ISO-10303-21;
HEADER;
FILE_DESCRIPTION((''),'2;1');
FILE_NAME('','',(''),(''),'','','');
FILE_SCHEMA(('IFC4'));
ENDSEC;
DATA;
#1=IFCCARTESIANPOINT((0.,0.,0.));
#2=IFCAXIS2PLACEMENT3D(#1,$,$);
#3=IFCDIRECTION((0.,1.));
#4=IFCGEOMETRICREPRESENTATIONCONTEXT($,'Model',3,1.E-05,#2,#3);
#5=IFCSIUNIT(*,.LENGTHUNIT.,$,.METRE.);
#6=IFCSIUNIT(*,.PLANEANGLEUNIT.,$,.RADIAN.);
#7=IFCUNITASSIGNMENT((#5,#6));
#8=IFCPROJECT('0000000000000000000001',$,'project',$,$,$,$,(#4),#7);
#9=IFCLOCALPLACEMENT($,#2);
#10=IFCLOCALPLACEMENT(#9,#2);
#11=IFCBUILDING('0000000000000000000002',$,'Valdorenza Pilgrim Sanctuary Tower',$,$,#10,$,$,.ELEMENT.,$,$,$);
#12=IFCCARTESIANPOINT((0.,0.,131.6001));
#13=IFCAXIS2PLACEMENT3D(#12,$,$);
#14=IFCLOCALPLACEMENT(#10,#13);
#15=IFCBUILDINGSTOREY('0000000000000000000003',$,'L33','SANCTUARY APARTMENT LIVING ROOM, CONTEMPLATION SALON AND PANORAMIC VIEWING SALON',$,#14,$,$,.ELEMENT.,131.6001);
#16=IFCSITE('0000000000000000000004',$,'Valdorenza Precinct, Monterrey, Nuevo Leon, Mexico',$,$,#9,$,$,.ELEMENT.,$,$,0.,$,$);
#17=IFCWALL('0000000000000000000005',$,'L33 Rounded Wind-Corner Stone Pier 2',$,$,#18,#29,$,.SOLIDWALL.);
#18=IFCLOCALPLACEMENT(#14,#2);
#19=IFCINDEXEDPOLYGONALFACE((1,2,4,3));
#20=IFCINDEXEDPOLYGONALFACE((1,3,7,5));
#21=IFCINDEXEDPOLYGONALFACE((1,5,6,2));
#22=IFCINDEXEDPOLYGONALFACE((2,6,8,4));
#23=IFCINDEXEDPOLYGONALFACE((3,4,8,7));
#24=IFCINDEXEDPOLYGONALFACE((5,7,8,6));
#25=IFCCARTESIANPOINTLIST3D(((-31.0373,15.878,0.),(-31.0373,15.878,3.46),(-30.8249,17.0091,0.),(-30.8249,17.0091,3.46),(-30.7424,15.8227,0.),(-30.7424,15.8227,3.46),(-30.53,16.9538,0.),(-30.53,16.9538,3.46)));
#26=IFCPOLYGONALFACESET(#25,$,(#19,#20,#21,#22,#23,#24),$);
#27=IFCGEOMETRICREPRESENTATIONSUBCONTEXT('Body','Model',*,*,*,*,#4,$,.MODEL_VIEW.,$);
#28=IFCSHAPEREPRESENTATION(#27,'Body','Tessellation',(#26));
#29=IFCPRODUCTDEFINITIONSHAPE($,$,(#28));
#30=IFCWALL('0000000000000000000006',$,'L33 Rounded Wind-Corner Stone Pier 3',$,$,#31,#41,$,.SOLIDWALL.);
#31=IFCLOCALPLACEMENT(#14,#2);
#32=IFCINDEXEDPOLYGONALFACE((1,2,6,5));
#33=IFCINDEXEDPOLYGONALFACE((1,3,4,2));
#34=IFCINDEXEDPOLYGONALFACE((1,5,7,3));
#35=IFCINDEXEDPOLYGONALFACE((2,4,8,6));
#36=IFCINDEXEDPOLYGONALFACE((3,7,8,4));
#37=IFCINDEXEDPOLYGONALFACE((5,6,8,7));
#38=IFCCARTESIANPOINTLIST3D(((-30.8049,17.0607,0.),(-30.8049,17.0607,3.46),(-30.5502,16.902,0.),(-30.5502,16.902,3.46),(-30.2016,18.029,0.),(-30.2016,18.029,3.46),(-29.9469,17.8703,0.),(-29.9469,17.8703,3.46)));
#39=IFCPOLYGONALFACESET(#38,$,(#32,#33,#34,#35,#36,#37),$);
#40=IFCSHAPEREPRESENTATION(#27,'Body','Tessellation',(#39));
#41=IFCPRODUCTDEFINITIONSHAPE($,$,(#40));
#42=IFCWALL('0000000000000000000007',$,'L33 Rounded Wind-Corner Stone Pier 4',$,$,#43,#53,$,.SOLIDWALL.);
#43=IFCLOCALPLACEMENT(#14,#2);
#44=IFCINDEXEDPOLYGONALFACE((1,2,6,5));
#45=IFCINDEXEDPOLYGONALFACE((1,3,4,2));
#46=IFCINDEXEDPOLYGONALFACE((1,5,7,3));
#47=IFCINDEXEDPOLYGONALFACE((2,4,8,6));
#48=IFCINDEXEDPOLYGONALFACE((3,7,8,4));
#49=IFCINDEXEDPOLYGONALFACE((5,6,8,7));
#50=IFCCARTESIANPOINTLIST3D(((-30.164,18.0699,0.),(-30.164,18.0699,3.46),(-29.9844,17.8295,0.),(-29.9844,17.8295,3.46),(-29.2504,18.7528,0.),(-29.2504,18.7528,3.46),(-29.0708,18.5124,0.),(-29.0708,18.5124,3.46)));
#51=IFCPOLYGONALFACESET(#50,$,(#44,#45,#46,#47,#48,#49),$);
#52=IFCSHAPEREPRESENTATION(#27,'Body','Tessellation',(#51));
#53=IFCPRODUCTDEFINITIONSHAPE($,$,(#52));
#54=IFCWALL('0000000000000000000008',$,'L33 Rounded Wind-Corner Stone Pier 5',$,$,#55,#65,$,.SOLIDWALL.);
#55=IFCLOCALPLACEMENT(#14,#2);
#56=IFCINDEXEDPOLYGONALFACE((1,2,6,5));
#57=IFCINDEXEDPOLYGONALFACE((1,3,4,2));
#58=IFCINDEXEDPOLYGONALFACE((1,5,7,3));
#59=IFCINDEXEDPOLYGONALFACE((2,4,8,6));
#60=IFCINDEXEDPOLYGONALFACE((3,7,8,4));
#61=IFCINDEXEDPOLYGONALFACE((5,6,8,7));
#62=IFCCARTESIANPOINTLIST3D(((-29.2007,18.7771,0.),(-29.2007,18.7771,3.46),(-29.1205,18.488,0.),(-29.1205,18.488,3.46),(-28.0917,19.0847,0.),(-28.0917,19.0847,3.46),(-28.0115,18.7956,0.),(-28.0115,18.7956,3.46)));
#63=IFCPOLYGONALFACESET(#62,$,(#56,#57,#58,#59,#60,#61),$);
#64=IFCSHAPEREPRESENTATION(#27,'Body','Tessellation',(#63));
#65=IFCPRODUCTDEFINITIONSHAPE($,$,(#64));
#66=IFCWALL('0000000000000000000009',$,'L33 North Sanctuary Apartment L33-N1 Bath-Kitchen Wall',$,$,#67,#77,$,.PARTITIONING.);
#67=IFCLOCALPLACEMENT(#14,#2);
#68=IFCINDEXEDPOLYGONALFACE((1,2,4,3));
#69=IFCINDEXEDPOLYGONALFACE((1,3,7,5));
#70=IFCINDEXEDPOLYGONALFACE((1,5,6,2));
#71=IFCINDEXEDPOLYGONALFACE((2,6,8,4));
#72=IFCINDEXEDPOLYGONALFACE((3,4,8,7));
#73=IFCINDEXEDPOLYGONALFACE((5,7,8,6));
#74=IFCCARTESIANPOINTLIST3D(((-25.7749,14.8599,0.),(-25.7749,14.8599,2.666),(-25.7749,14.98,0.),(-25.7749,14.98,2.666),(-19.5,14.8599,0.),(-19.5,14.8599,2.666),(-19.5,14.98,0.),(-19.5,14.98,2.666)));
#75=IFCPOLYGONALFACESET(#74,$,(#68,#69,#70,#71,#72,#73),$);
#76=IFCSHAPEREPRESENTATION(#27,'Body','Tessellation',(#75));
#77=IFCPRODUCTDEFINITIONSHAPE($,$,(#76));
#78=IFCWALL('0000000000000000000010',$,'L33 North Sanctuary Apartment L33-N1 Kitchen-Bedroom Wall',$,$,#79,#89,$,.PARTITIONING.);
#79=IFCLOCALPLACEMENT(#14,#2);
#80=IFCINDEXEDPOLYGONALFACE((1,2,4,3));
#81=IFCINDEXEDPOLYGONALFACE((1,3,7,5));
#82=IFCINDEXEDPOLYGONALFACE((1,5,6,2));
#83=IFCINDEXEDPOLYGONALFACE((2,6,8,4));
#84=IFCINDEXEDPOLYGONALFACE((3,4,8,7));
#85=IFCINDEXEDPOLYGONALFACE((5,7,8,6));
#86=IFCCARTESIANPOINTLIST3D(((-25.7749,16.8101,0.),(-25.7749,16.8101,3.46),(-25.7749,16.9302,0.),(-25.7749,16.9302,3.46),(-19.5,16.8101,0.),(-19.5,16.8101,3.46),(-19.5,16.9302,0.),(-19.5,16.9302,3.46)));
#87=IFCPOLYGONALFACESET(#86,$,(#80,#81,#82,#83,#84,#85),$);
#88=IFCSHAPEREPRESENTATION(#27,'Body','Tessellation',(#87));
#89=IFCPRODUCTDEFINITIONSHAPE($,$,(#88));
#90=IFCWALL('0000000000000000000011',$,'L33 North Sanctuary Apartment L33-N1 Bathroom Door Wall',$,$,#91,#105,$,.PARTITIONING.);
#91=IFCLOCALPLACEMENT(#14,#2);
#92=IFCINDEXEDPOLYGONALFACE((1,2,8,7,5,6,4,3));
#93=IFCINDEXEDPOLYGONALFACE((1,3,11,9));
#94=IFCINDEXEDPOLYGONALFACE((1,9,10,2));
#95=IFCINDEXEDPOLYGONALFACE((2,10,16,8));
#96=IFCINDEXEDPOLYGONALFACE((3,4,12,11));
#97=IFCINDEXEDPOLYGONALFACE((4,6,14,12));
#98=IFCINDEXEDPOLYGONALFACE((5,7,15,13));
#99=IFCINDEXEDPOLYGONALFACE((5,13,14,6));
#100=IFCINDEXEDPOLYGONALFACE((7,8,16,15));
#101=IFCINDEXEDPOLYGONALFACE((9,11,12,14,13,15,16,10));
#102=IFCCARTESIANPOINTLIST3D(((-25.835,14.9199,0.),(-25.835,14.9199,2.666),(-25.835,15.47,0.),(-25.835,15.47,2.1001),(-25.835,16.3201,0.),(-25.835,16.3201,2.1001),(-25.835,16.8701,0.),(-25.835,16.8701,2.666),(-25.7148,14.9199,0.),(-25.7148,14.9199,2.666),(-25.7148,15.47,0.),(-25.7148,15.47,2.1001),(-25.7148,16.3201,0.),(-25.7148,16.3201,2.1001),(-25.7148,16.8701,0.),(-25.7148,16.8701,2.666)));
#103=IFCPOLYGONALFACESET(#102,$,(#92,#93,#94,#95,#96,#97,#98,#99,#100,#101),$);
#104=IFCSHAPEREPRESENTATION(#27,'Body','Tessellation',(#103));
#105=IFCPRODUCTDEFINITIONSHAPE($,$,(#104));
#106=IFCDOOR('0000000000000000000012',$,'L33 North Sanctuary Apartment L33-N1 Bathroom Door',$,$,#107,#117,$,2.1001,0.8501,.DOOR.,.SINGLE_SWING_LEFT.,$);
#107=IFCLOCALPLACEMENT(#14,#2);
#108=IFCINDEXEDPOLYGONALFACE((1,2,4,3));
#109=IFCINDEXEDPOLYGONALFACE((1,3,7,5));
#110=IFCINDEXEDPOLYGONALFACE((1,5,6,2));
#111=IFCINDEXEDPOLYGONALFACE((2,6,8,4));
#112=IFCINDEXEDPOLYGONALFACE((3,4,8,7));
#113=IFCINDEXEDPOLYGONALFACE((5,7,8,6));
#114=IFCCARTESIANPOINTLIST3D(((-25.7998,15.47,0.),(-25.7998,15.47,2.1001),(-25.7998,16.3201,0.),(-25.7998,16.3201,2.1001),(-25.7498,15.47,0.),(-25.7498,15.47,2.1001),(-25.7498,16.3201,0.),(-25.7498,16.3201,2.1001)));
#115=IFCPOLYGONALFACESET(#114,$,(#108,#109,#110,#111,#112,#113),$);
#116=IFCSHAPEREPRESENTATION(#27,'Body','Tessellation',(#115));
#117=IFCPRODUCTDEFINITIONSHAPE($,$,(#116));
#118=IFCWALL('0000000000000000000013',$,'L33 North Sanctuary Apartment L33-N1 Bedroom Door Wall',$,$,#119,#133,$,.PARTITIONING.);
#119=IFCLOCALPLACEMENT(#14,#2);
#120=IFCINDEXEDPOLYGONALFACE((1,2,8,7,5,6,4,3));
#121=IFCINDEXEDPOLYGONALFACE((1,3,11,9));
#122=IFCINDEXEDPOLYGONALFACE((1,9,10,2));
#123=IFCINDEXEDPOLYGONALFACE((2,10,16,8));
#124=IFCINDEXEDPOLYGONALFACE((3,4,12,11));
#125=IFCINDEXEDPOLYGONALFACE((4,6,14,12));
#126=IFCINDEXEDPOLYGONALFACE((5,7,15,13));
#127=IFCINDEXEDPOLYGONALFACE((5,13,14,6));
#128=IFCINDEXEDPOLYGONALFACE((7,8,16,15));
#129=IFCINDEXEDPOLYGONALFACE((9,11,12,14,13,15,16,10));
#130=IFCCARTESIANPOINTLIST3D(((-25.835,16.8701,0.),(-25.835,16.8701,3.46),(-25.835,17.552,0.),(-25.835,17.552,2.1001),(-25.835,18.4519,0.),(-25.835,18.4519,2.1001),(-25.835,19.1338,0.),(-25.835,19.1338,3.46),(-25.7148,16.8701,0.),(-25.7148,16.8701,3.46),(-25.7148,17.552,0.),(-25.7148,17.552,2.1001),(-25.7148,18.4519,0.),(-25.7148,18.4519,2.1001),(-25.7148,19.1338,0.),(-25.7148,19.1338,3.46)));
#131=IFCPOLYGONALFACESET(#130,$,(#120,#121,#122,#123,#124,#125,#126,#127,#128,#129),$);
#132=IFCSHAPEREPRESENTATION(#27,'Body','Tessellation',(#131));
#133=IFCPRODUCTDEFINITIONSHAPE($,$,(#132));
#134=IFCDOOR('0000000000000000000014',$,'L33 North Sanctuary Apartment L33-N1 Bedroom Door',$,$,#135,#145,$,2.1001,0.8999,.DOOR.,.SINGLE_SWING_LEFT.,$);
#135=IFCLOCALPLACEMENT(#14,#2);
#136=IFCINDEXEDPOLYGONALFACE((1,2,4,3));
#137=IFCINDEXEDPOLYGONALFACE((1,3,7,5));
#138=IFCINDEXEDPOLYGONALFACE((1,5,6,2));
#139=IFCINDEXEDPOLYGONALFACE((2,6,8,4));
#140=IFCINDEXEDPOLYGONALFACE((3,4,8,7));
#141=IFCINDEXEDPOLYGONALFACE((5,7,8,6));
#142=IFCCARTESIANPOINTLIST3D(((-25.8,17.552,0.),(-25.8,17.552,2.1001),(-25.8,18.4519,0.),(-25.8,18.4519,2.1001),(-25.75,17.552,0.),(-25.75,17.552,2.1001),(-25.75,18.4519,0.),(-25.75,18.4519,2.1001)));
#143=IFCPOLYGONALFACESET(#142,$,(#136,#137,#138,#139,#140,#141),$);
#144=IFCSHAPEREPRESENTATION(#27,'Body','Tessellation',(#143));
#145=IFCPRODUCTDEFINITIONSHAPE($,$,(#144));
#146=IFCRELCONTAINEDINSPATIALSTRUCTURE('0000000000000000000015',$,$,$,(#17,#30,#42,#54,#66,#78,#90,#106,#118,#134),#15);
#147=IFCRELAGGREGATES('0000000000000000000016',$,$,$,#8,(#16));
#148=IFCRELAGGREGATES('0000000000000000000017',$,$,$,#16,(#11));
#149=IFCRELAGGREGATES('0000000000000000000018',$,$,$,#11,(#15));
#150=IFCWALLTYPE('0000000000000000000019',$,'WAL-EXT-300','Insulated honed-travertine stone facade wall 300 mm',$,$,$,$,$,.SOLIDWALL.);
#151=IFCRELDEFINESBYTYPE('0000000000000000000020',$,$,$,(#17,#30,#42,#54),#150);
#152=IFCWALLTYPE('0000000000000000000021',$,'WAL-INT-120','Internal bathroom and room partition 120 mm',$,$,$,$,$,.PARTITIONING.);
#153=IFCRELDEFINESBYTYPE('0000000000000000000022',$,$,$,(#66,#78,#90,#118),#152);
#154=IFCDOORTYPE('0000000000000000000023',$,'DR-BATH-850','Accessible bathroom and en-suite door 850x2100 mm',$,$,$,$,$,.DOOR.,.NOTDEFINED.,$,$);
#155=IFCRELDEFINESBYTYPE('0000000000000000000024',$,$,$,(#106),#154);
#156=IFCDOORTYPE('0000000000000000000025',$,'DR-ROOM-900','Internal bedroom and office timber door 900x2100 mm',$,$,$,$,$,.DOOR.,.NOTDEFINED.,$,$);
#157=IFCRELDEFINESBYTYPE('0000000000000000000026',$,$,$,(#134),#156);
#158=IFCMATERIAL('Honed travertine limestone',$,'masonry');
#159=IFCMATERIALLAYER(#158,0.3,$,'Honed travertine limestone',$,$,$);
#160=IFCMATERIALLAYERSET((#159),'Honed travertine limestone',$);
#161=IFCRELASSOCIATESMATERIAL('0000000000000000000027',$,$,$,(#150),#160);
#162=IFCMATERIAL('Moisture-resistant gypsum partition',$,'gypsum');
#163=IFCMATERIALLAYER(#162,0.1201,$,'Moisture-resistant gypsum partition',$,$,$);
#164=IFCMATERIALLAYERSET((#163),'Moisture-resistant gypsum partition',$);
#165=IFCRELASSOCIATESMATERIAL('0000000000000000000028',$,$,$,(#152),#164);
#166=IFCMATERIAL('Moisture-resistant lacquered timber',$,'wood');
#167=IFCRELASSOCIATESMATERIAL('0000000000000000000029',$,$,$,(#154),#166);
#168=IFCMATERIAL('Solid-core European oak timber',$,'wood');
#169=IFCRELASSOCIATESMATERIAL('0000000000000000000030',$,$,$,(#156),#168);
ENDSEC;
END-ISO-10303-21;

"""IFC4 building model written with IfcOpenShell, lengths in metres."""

from ifc_helpers import new_model, si_unit, direction, frame, frame_2d, origin, place, context, subcontext, project, spatial, rectangle, extrude, material, layer, layer_set, type_object, element, fill, save


model = new_model("IFC4")

# Units and contexts
model_context = context("Model", 3, precision=1e-05, world=origin(), true_north=direction((0.0, 1.0)))
body_context = subcontext(model_context, "Body", "Model", "MODEL_VIEW")
ifc_project = project(units=[si_unit("LENGTHUNIT", "METRE"), si_unit("PLANEANGLEUNIT", "RADIAN")], contexts=[model_context])

# Site, building, storey
site_placement = place(None, origin())
site = spatial("IfcSite", under=ifc_project, at=site_placement, Name="Valdorenza Precinct, Monterrey, Nuevo Leon, Mexico", CompositionType="ELEMENT", RefElevation=0.0)
building_placement = place(site_placement, origin())
building = spatial("IfcBuilding", under=site, at=building_placement, Name="Valdorenza Pilgrim Sanctuary Tower", CompositionType="ELEMENT")
storey_placement = place(building_placement, frame((0.0, 0.0, 131.6001)))
storey = spatial("IfcBuildingStorey", under=building, at=storey_placement, Name="L33", Description="SANCTUARY APARTMENT LIVING ROOM, CONTEMPLATION SALON AND PANORAMIC VIEWING SALON", CompositionType="ELEMENT", Elevation=131.6001)

# Shared definitions
ifc_material_1 = material(Name="Honed travertine limestone", Category="masonry")

# Walls
ifc_layer_1 = layer(ifc_material_1, 0.3, Name="Honed travertine limestone")
ifc_layer_set_1 = layer_set([ifc_layer_1], Name="Honed travertine limestone")
wall_type_1 = type_object("IfcWallType", Name="WAL-EXT-300", Description="Insulated honed-travertine stone facade wall 300 mm", PredefinedType="SOLIDWALL", material=ifc_layer_set_1)
wall_1_placement = place(storey_placement, frame((-30.8899, 15.8503, 0.0), z_axis=(0.0, 0.0, 1.0), x_axis=(0.184557, 0.982822, 0.0)))
element("IfcWall", 1, at=wall_1_placement, inside=storey, type_object=wall_type_1, Name="L33 Rounded Wind-Corner Stone Pier 2", PredefinedType="SOLIDWALL", context=body_context, shape_type="SweptSolid", body=[
    extrude(rectangle(XDim=1.1509, YDim=0.3, at=frame_2d((0.5754, 0.0))), origin(), (0.0, 0.0, 1.0), 3.46),
])
wall_2_placement = place(storey_placement, frame((-30.6775, 16.9814, 0.0), z_axis=(0.0, 0.0, 1.0), x_axis=(0.528806, 0.848743, 0.0)))
element("IfcWall", 2, at=wall_2_placement, inside=storey, type_object=wall_type_1, Name="L33 Rounded Wind-Corner Stone Pier 3", PredefinedType="SOLIDWALL", context=body_context, shape_type="SweptSolid", body=[
    extrude(rectangle(XDim=1.1409, YDim=0.3, at=frame_2d((0.5703, 0.0))), origin(), (0.0, 0.0, 1.0), 3.46),
])
wall_3_placement = place(storey_placement, frame((-30.0742, 17.9497, 0.0), z_axis=(0.0, 0.0, 1.0), x_axis=(0.800975, 0.598698, 0.0)))
element("IfcWall", 3, at=wall_3_placement, inside=storey, type_object=wall_type_1, Name="L33 Rounded Wind-Corner Stone Pier 4", PredefinedType="SOLIDWALL", context=body_context, shape_type="SweptSolid", body=[
    extrude(rectangle(XDim=1.1406, YDim=0.3, at=frame_2d((0.5703, 0.0))), origin(), (0.0, 0.0, 1.0), 3.46),
])
wall_4_placement = place(storey_placement, frame((-29.1606, 18.6326, 0.0), z_axis=(0.0, 0.0, 1.0), x_axis=(0.963624, 0.267261, 0.0)))
element("IfcWall", 4, at=wall_4_placement, inside=storey, type_object=wall_type_1, Name="L33 Rounded Wind-Corner Stone Pier 5", PredefinedType="SOLIDWALL", context=body_context, shape_type="SweptSolid", body=[
    extrude(rectangle(XDim=1.1509, YDim=0.3, at=frame_2d((0.5754, 0.0))), origin(), (0.0, 0.0, 1.0), 3.46),
])
ifc_material_2 = material(Name="Moisture-resistant gypsum partition", Category="gypsum")
ifc_layer_2 = layer(ifc_material_2, 0.1201, Name="Moisture-resistant gypsum partition")
ifc_layer_set_2 = layer_set([ifc_layer_2], Name="Moisture-resistant gypsum partition")
wall_type_2 = type_object("IfcWallType", Name="WAL-INT-120", Description="Internal bathroom and room partition 120 mm", PredefinedType="PARTITIONING", material=ifc_layer_set_2)
wall_5_placement = place(storey_placement, frame((-25.7749, 14.9199, 0.0), z_axis=(0.0, 0.0, 1.0), x_axis=(1.0, 0.0, 0.0)))
element("IfcWall", 5, at=wall_5_placement, inside=storey, type_object=wall_type_2, Name="L33 North Sanctuary Apartment L33-N1 Bath-Kitchen Wall", PredefinedType="PARTITIONING", context=body_context, shape_type="SweptSolid", body=[
    extrude(rectangle(XDim=6.2749, YDim=0.1201, at=frame_2d((3.1375, 0.0))), origin(), (0.0, 0.0, 1.0), 2.666),
])
wall_6_placement = place(storey_placement, frame((-25.7749, 16.8701, 0.0), z_axis=(0.0, 0.0, 1.0), x_axis=(1.0, 0.0, 0.0)))
element("IfcWall", 6, at=wall_6_placement, inside=storey, type_object=wall_type_2, Name="L33 North Sanctuary Apartment L33-N1 Kitchen-Bedroom Wall", PredefinedType="PARTITIONING", context=body_context, shape_type="SweptSolid", body=[
    extrude(rectangle(XDim=6.2749, YDim=0.1201, at=frame_2d((3.1375, 0.0))), origin(), (0.0, 0.0, 1.0), 3.46),
])

# Walls, openings, doors
wall_7_placement = place(storey_placement, frame((-25.7749, 14.9199, 0.0), z_axis=(0.0, 0.0, 1.0), x_axis=(0.0, 1.0, 0.0)))
wall_7 = element("IfcWall", 7, at=wall_7_placement, inside=storey, type_object=wall_type_2, Name="L33 North Sanctuary Apartment L33-N1 Bathroom Door Wall", PredefinedType="PARTITIONING", context=body_context, shape_type="SweptSolid", body=[
    extrude(rectangle(XDim=1.9502, YDim=0.1201, at=frame_2d((0.9751, 0.0))), origin(), (0.0, 0.0, 1.0), 2.666),
])
opening_1_placement = place(wall_7_placement, frame((0.55, 0.0, 0.0)))
opening_1 = element("IfcOpeningElement", 8, at=opening_1_placement, cuts=wall_7, PredefinedType="OPENING", context=body_context, shape_type="SweptSolid", body=[
    extrude(rectangle(XDim=0.8501, YDim=2.1001, at=frame_2d((0.425, 1.05))), frame((0.0, 0.075, 0.0), z_axis=(0.0, -1.0, 0.0), x_axis=(1.0, 0.0, 0.0)), (0.0, 0.0, 1.0), 0.1499),
])
ifc_material_3 = material(Name="Moisture-resistant lacquered timber", Category="wood")
door_type_1 = type_object("IfcDoorType", Name="DR-BATH-850", Description="Accessible bathroom and en-suite door 850x2100 mm", OperationType="NOTDEFINED", PredefinedType="DOOR", material=ifc_material_3)
door_1_placement = place(opening_1_placement, origin())
door_1 = element("IfcDoor", 9, at=door_1_placement, inside=storey, type_object=door_type_1, Name="L33 North Sanctuary Apartment L33-N1 Bathroom Door", OperationType="SINGLE_SWING_LEFT", OverallHeight=2.1001, OverallWidth=0.8501, PredefinedType="DOOR", context=body_context, shape_type="SweptSolid", body=[
    extrude(rectangle(XDim=0.8501, YDim=2.1001, at=frame_2d((0.425, 1.05))), frame((0.0, 0.0249, 0.0), z_axis=(0.0, -1.0, 0.0), x_axis=(1.0, 0.0, 0.0)), (0.0, 0.0, 1.0), 0.05),
])
fill(opening_1, door_1)
wall_8_placement = place(storey_placement, frame((-25.7749, 16.8701, 0.0), z_axis=(0.0, 0.0, 1.0), x_axis=(0.0, 1.0, 0.0)))
wall_8 = element("IfcWall", 10, at=wall_8_placement, inside=storey, type_object=wall_type_2, Name="L33 North Sanctuary Apartment L33-N1 Bedroom Door Wall", PredefinedType="PARTITIONING", context=body_context, shape_type="SweptSolid", body=[
    extrude(rectangle(XDim=2.2637, YDim=0.1201, at=frame_2d((1.1318, 0.0))), origin(), (0.0, 0.0, 1.0), 3.46),
])
opening_2_placement = place(wall_8_placement, frame((0.6819, 0.0, 0.0)))
opening_2 = element("IfcOpeningElement", 11, at=opening_2_placement, cuts=wall_8, PredefinedType="OPENING", context=body_context, shape_type="SweptSolid", body=[
    extrude(rectangle(XDim=0.8999, YDim=2.1001, at=frame_2d((0.45, 1.05))), frame((0.0, 0.075, 0.0), z_axis=(0.0, -1.0, 0.0), x_axis=(1.0, 0.0, 0.0)), (0.0, 0.0, 1.0), 0.1499),
])
ifc_material_4 = material(Name="Solid-core European oak timber", Category="wood")
door_type_2 = type_object("IfcDoorType", Name="DR-ROOM-900", Description="Internal bedroom and office timber door 900x2100 mm", OperationType="NOTDEFINED", PredefinedType="DOOR", material=ifc_material_4)
door_2_placement = place(opening_2_placement, frame((0.8999, 0.0, 0.0), z_axis=(0.0, 0.0, 1.0), x_axis=(-1.0, 0.0, 0.0)))
door_2 = element("IfcDoor", 12, at=door_2_placement, inside=storey, type_object=door_type_2, Name="L33 North Sanctuary Apartment L33-N1 Bedroom Door", OperationType="SINGLE_SWING_LEFT", OverallHeight=2.1001, OverallWidth=0.8999, PredefinedType="DOOR", context=body_context, shape_type="SweptSolid", body=[
    extrude(rectangle(XDim=0.8999, YDim=2.1001, at=frame_2d((0.45, 1.05))), frame((0.0, 0.0249, 0.0), z_axis=(0.0, -1.0, 0.0), x_axis=(1.0, 0.0, 0.0)), (0.0, 0.0, 1.0), 0.05),
])
fill(opening_2, door_2)

save(model, "model.ifc")
